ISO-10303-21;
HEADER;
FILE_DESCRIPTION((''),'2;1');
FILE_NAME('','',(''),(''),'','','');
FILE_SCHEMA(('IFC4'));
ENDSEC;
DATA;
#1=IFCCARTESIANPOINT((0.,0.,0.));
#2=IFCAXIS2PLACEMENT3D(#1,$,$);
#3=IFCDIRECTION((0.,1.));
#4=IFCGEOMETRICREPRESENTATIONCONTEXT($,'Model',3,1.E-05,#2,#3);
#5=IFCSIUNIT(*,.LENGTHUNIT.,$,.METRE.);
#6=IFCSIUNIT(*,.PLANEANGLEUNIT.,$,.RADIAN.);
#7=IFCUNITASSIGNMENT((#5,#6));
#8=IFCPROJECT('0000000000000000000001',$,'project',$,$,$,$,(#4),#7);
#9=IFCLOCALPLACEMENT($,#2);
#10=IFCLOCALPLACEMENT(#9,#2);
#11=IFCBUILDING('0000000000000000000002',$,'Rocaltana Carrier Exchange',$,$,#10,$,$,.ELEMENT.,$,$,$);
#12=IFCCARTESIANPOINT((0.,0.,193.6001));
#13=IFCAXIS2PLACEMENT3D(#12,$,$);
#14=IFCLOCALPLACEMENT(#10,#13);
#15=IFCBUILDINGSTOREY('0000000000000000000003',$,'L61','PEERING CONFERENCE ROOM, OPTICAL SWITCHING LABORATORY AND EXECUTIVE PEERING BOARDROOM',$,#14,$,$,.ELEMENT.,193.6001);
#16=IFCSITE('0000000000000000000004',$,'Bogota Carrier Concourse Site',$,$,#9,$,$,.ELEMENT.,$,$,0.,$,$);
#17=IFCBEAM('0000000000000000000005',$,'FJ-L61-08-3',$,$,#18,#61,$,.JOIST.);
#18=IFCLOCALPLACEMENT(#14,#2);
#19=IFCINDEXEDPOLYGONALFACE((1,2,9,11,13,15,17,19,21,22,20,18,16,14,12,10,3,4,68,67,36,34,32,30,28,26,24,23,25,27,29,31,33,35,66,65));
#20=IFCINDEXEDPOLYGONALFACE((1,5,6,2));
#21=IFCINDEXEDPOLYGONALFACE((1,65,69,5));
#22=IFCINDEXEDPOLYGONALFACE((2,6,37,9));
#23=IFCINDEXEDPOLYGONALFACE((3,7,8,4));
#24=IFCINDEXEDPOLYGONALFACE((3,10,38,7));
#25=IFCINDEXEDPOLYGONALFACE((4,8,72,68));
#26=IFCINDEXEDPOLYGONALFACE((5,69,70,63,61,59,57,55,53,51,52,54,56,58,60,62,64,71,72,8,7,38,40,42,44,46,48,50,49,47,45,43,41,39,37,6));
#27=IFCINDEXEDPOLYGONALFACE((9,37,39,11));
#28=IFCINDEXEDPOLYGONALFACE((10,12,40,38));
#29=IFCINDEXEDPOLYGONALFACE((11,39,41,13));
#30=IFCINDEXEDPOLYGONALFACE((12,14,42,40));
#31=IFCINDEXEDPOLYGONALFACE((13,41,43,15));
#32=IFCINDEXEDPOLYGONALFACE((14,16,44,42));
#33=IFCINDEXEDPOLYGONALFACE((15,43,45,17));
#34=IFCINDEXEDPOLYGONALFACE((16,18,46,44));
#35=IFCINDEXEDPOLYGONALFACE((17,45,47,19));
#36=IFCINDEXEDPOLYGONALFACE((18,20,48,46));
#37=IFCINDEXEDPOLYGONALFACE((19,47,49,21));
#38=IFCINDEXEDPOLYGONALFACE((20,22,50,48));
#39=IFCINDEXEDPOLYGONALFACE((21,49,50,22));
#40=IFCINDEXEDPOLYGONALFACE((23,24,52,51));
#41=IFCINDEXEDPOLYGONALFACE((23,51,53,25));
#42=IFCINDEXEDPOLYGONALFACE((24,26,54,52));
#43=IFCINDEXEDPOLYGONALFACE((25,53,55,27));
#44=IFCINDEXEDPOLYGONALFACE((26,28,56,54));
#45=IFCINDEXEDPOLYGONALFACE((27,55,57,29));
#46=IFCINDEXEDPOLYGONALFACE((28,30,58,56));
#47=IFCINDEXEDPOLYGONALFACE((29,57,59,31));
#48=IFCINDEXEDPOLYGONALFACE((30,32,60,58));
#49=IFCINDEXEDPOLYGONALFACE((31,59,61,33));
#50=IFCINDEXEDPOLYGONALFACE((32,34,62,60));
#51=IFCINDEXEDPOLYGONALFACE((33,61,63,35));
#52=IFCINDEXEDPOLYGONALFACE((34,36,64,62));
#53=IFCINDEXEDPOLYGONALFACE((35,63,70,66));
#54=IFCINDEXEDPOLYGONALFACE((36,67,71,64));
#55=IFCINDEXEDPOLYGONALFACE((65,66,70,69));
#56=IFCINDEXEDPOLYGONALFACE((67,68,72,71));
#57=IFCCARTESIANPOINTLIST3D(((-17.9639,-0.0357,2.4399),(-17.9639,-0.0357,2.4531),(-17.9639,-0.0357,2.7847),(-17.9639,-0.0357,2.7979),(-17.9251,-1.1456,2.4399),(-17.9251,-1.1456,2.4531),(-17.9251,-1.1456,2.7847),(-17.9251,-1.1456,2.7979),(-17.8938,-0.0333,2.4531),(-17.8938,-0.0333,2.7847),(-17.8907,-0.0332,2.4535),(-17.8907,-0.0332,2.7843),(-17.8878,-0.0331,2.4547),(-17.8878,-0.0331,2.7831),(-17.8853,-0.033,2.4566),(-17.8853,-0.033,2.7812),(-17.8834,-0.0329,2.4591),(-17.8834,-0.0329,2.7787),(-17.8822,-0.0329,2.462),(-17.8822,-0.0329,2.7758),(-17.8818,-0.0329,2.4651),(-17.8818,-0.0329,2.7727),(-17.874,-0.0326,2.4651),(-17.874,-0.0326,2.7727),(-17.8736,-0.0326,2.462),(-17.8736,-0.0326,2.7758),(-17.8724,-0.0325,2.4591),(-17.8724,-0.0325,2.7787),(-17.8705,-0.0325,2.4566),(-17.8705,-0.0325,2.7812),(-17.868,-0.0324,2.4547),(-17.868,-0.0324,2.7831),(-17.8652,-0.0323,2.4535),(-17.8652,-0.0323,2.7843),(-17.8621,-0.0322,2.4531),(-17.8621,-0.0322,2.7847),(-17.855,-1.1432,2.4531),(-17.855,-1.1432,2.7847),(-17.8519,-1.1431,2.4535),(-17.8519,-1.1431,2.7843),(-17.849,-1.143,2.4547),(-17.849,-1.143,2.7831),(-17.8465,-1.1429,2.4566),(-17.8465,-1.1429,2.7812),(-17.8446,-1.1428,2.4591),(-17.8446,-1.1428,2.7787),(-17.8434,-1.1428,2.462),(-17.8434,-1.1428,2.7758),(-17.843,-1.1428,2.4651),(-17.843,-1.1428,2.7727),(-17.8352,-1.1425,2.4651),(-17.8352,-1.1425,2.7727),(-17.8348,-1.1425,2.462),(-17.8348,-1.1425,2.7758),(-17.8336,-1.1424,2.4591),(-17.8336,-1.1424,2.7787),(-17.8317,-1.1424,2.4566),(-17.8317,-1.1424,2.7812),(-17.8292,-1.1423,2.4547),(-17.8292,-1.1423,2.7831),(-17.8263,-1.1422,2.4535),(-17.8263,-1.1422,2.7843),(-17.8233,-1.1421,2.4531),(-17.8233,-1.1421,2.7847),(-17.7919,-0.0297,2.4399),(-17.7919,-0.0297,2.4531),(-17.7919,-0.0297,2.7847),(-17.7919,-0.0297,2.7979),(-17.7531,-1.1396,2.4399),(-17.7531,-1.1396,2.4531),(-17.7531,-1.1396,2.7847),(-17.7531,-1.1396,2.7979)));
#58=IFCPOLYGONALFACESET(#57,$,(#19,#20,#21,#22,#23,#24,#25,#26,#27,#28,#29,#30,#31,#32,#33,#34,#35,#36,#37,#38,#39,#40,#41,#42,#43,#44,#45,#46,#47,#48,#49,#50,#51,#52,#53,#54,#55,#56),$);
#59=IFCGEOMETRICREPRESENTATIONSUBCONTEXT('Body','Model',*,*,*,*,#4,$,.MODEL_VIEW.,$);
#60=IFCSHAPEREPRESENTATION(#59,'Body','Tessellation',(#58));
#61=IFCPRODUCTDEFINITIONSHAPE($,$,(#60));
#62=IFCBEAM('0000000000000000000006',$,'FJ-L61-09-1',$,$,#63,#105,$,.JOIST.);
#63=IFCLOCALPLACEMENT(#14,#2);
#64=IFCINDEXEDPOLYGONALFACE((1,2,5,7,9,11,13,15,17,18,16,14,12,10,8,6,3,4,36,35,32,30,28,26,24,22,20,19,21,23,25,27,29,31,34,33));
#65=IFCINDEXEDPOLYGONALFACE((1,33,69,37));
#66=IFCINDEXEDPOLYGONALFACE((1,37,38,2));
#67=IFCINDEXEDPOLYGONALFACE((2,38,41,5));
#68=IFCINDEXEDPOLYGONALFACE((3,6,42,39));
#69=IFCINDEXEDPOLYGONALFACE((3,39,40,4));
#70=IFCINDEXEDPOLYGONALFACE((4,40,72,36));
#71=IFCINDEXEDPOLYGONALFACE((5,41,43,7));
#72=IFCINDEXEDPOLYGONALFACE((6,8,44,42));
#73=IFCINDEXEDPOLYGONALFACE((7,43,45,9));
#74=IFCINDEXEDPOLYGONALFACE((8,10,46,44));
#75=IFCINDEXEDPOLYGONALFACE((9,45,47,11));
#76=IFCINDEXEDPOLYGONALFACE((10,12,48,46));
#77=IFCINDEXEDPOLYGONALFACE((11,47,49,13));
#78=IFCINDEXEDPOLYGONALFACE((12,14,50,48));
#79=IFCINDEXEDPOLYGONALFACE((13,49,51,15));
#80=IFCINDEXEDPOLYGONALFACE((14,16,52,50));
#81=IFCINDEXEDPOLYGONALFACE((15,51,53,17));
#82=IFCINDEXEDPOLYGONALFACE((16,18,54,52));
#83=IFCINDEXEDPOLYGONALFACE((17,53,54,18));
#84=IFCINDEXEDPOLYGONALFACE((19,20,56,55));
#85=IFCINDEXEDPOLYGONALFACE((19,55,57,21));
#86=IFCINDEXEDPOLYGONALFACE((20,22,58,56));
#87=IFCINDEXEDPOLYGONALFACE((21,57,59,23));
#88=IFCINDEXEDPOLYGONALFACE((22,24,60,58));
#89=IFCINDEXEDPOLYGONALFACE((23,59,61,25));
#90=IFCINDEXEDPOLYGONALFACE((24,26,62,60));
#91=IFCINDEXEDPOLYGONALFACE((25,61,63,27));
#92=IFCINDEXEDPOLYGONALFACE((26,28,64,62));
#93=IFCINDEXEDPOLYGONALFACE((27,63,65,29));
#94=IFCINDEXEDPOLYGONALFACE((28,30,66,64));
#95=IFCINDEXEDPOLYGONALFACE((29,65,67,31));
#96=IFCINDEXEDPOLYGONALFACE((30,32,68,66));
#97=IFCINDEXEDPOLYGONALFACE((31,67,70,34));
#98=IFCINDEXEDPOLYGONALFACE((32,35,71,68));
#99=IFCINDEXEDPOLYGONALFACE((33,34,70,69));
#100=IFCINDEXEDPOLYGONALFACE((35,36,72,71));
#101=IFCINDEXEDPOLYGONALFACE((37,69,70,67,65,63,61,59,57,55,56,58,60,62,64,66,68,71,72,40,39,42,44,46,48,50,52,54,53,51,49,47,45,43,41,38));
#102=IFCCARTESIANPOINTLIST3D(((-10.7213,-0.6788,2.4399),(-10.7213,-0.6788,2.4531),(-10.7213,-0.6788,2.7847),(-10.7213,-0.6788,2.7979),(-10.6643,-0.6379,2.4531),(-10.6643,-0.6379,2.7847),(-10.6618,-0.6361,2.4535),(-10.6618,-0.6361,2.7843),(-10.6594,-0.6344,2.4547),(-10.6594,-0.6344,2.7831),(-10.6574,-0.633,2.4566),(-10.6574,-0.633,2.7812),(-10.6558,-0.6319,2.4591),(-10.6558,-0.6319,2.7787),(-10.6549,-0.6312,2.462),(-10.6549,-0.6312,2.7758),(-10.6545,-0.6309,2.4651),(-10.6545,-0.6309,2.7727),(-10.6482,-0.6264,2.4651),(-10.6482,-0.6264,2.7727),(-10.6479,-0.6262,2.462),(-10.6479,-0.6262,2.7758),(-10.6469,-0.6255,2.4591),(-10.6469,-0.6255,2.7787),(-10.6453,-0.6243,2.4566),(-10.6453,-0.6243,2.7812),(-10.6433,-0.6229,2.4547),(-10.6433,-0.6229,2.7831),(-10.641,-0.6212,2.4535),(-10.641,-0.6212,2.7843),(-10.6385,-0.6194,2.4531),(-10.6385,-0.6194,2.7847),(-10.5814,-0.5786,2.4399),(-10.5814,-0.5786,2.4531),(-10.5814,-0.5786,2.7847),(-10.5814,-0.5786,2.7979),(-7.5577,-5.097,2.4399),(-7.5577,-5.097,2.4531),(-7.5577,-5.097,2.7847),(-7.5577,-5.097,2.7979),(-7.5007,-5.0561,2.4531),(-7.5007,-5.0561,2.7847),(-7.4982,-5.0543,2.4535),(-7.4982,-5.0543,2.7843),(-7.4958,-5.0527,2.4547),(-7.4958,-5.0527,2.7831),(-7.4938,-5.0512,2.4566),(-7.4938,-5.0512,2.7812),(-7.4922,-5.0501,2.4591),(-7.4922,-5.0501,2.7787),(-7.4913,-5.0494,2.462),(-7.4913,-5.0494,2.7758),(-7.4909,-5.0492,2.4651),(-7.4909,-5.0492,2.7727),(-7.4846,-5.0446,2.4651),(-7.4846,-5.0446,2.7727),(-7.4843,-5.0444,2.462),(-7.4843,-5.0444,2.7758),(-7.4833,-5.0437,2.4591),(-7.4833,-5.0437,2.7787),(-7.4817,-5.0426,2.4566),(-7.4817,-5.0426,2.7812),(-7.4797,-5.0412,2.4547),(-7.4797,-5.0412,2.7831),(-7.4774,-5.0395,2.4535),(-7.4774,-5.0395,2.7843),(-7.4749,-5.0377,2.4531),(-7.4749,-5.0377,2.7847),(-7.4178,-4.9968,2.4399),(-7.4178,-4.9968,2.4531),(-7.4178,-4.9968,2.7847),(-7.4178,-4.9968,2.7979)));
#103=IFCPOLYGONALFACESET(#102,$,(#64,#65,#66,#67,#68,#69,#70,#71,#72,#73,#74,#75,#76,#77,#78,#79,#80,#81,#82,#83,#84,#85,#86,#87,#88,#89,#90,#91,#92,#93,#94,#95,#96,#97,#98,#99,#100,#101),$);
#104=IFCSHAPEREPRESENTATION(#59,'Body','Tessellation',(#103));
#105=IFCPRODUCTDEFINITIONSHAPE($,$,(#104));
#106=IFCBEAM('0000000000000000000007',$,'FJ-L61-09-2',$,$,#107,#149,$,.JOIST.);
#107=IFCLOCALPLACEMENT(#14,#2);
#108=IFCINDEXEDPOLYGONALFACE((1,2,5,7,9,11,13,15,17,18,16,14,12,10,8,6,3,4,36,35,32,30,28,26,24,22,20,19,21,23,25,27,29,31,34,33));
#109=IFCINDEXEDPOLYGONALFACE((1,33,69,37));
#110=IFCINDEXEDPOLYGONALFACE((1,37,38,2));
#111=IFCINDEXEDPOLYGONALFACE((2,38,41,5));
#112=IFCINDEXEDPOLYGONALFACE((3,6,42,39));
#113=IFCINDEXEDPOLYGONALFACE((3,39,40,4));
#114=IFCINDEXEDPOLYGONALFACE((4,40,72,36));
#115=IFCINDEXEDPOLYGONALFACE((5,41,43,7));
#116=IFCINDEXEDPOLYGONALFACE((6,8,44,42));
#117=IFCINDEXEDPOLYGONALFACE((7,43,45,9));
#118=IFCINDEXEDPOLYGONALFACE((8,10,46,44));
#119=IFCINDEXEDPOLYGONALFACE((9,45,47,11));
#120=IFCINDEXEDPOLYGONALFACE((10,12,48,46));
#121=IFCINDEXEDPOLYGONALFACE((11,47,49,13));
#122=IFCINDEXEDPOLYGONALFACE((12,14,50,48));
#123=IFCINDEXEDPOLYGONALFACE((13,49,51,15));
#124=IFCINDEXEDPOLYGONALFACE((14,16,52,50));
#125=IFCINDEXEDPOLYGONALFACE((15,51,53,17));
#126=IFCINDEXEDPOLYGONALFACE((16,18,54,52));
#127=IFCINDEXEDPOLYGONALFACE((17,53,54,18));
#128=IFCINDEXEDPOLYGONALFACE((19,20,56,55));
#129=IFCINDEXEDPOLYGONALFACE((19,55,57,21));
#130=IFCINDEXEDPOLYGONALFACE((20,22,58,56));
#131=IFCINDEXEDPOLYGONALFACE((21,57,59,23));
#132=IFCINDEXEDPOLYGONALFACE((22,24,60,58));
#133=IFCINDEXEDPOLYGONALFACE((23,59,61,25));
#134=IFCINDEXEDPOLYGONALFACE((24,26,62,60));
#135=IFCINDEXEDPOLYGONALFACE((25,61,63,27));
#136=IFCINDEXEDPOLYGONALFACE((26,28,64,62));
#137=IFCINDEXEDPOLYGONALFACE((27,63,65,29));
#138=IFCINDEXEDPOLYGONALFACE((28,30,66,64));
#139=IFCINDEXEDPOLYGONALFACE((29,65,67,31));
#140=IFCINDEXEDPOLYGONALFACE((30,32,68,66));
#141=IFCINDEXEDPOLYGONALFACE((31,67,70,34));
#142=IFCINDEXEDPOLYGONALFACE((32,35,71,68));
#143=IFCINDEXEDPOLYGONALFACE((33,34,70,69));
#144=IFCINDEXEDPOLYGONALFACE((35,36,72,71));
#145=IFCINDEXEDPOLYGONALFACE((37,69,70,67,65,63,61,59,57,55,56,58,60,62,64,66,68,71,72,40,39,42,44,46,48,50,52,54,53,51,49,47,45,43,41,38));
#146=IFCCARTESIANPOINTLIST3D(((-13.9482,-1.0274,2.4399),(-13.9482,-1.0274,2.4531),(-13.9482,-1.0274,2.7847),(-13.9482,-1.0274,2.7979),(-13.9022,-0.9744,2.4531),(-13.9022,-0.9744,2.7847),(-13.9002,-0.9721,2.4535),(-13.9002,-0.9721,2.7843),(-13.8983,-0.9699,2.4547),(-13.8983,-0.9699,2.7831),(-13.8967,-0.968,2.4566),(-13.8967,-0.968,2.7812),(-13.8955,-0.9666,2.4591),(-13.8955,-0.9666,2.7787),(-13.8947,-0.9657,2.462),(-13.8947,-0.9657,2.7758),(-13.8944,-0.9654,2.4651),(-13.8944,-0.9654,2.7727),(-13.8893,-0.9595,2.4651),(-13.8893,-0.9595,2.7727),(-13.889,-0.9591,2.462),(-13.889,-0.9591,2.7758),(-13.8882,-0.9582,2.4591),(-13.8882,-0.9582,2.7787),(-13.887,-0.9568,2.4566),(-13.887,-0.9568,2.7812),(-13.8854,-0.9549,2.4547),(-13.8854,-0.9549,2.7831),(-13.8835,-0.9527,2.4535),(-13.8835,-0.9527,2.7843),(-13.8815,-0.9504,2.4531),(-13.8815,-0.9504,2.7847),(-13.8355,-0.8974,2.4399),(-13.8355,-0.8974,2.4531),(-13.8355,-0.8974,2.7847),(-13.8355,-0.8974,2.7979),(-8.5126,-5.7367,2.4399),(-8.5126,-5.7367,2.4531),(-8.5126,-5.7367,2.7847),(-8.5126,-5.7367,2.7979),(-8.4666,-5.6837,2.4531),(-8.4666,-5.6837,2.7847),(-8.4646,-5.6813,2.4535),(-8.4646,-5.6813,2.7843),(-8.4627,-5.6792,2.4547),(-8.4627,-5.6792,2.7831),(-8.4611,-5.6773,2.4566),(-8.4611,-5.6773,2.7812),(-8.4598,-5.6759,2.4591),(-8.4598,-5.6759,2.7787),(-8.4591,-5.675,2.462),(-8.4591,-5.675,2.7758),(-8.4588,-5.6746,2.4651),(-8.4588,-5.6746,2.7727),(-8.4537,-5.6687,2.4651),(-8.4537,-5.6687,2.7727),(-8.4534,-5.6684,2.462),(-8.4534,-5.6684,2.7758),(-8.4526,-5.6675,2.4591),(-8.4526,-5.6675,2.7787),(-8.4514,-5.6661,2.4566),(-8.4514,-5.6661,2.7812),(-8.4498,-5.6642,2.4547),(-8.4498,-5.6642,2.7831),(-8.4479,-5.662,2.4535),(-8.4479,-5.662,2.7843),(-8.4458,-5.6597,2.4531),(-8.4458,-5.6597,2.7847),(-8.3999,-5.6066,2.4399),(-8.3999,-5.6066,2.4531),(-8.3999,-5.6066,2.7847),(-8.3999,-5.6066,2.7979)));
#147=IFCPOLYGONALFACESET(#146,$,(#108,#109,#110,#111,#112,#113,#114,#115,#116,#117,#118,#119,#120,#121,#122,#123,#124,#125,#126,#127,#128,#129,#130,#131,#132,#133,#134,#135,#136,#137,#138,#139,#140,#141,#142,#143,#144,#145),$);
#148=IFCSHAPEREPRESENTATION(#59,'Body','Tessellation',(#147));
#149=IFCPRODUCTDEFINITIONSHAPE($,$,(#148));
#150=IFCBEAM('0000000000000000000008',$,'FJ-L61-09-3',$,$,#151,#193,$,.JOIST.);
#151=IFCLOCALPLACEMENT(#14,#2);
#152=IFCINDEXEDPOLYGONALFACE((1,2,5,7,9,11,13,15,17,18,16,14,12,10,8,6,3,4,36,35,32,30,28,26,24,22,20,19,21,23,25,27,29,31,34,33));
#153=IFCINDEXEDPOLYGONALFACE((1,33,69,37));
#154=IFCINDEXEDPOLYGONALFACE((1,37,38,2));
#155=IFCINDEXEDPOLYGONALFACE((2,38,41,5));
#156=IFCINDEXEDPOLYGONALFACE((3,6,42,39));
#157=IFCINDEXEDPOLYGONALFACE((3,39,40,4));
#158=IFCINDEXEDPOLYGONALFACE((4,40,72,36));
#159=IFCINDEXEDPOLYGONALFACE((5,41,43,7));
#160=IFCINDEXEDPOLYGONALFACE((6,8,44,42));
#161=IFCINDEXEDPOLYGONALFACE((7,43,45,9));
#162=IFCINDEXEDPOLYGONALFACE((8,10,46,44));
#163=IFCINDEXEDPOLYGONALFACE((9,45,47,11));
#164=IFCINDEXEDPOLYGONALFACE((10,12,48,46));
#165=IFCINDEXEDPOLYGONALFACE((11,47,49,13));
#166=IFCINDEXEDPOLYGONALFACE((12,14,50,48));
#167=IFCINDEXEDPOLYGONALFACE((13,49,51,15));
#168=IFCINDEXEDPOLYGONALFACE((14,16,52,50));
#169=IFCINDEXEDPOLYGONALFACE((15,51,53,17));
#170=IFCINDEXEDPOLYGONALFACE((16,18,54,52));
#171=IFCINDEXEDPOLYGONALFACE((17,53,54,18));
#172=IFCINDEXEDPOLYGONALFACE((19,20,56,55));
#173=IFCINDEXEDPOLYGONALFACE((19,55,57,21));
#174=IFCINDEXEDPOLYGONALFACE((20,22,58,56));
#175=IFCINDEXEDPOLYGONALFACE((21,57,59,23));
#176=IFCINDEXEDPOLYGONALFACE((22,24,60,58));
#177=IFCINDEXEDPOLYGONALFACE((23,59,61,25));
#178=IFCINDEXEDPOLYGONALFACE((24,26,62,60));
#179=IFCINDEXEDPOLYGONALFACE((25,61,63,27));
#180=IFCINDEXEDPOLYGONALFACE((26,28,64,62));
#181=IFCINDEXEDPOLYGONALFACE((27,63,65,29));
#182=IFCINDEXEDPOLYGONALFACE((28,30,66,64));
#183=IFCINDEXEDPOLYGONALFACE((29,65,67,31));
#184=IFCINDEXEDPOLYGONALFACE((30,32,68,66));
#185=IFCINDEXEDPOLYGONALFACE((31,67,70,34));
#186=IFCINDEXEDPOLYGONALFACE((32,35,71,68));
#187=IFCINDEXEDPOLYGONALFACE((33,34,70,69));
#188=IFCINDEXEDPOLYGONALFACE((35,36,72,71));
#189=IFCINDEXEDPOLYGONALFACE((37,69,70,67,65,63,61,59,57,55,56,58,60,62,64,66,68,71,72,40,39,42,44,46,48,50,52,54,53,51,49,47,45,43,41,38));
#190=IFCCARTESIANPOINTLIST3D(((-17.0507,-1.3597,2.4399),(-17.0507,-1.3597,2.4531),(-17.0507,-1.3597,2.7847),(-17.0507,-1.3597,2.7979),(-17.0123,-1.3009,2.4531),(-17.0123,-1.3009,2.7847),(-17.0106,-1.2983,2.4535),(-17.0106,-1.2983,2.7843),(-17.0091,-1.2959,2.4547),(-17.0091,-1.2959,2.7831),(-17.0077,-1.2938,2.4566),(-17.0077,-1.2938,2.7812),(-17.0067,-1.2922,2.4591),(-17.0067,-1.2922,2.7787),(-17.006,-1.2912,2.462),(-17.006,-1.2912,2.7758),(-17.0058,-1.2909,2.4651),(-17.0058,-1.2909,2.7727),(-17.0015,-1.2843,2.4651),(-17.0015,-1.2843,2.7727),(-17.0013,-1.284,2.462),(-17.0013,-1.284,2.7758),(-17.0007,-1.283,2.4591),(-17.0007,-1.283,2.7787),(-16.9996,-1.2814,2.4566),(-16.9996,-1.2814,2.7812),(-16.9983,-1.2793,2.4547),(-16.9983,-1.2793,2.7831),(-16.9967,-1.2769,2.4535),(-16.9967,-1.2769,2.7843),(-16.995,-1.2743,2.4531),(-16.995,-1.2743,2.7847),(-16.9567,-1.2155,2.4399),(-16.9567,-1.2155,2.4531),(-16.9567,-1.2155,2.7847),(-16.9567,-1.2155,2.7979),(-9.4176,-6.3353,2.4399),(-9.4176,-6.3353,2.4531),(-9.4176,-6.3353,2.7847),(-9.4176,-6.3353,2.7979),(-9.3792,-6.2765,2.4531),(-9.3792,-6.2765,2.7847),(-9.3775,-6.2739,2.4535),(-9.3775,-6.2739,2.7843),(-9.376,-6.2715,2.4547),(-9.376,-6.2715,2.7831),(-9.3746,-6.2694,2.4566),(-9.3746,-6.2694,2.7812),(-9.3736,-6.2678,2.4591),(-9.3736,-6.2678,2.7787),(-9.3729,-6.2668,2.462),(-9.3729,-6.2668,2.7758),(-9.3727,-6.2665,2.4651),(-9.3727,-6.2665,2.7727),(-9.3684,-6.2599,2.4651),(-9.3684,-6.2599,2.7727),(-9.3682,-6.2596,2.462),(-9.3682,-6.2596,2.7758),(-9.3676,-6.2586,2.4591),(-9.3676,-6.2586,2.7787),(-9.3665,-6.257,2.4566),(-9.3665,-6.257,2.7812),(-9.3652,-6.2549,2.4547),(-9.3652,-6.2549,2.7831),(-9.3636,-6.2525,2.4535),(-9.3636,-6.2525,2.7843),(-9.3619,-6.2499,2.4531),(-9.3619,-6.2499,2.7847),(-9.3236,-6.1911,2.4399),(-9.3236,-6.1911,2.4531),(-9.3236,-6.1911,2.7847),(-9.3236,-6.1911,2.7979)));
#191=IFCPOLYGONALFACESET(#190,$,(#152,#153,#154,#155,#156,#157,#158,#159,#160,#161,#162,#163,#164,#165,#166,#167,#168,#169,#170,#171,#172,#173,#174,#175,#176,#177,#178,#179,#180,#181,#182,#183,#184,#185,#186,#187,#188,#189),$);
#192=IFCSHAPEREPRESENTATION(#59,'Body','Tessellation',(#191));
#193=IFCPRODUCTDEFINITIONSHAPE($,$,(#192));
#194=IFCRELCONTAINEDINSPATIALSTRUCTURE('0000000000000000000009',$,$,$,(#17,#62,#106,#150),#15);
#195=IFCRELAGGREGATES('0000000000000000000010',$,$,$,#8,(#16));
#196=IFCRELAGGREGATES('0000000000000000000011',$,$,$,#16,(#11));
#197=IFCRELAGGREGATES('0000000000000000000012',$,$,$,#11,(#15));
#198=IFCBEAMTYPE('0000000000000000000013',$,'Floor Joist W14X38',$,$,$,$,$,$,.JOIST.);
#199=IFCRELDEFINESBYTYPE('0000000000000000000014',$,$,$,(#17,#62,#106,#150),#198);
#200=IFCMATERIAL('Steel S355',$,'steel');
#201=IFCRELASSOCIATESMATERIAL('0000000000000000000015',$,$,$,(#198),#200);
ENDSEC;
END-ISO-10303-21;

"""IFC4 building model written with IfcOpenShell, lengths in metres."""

from ifc_helpers import new_model, si_unit, direction, frame, origin, origin_2d, place, context, subcontext, project, spatial, i_section, extrude, material, material_profile, profile_set, type_object, element, save


model = new_model("IFC4")

# Units and contexts
model_context = context("Model", 3, precision=1e-05, world=origin(), true_north=direction((0.0, 1.0)))
body_context = subcontext(model_context, "Body", "Model", "MODEL_VIEW")
ifc_project = project(units=[si_unit("LENGTHUNIT", "METRE"), si_unit("PLANEANGLEUNIT", "RADIAN")], contexts=[model_context])

# Site, building, storey
site_placement = place(None, origin())
site = spatial("IfcSite", under=ifc_project, at=site_placement, Name="Bogota Carrier Concourse Site", CompositionType="ELEMENT", RefElevation=0.0)
building_placement = place(site_placement, origin())
building = spatial("IfcBuilding", under=site, at=building_placement, Name="Rocaltana Carrier Exchange", CompositionType="ELEMENT")
storey_placement = place(building_placement, frame((0.0, 0.0, 193.6001)))
storey = spatial("IfcBuildingStorey", under=building, at=storey_placement, Name="L61", Description="PEERING CONFERENCE ROOM, OPTICAL SWITCHING LABORATORY AND EXECUTIVE PEERING BOARDROOM", CompositionType="ELEMENT", Elevation=193.6001)

# Beams
ifc_material_1 = material(Name="Steel S355", Category="steel")
ifc_material_profile_1 = material_profile(ifc_material_1, i_section(OverallWidth=0.1721, OverallDepth=0.3579, WebThickness=0.0078, FlangeThickness=0.0132, FilletRadius=0.012, at=origin_2d()), Name="W14X38")
ifc_profile_set_1 = profile_set([ifc_material_profile_1], Name="Steel S355")
beam_type_1 = type_object("IfcBeamType", Name="Floor Joist W14X38", PredefinedType="JOIST", material=ifc_profile_set_1)
beam_1_placement = place(storey_placement, frame((-17.8779, -0.0327, 2.6189), z_axis=(0.034954, -0.999389, 0.0), x_axis=(0.999389, 0.034954, 0.0)))
element("IfcBeam", 1, at=beam_1_placement, inside=storey, type_object=beam_type_1, Name="FJ-L61-08-3", PredefinedType="JOIST", context=body_context, shape_type="SweptSolid", body=[
    extrude(i_section(OverallWidth=0.1721, OverallDepth=0.3579, WebThickness=0.0078, FlangeThickness=0.0132, FilletRadius=0.012, at=origin_2d()), origin(), (0.0, 0.0, 1.0), 1.1106),
])
beam_2_placement = place(storey_placement, frame((-10.6514, -0.6287, 2.6189), z_axis=(0.582177, -0.813062, 0.0), x_axis=(0.813062, 0.582177, 0.0)))
element("IfcBeam", 2, at=beam_2_placement, inside=storey, type_object=beam_type_1, Name="FJ-L61-09-1", PredefinedType="JOIST", context=body_context, shape_type="SweptSolid", body=[
    extrude(i_section(OverallWidth=0.1721, OverallDepth=0.3579, WebThickness=0.0078, FlangeThickness=0.0132, FilletRadius=0.012, at=origin_2d()), origin(), (0.0, 0.0, 1.0), 5.4341),
])
beam_3_placement = place(storey_placement, frame((-13.8918, -0.9624, 2.6189), z_axis=(0.755798, -0.654805, 0.0), x_axis=(0.654805, 0.755798, 0.0)))
element("IfcBeam", 3, at=beam_3_placement, inside=storey, type_object=beam_type_1, Name="FJ-L61-09-2", PredefinedType="JOIST", context=body_context, shape_type="SweptSolid", body=[
    extrude(i_section(OverallWidth=0.1721, OverallDepth=0.3579, WebThickness=0.0078, FlangeThickness=0.0132, FilletRadius=0.012, at=origin_2d()), origin(), (0.0, 0.0, 1.0), 7.1919),
])
beam_4_placement = place(storey_placement, frame((-17.0037, -1.2876, 2.6189), z_axis=(0.837736, -0.546076, 0.0), x_axis=(0.546076, 0.837736, 0.0)))
element("IfcBeam", 4, at=beam_4_placement, inside=storey, type_object=beam_type_1, Name="FJ-L61-09-3", PredefinedType="JOIST", context=body_context, shape_type="SweptSolid", body=[
    extrude(i_section(OverallWidth=0.1721, OverallDepth=0.3579, WebThickness=0.0078, FlangeThickness=0.0132, FilletRadius=0.012, at=origin_2d()), origin(), (0.0, 0.0, 1.0), 9.1116),
])

save(model, "model.ifc")
